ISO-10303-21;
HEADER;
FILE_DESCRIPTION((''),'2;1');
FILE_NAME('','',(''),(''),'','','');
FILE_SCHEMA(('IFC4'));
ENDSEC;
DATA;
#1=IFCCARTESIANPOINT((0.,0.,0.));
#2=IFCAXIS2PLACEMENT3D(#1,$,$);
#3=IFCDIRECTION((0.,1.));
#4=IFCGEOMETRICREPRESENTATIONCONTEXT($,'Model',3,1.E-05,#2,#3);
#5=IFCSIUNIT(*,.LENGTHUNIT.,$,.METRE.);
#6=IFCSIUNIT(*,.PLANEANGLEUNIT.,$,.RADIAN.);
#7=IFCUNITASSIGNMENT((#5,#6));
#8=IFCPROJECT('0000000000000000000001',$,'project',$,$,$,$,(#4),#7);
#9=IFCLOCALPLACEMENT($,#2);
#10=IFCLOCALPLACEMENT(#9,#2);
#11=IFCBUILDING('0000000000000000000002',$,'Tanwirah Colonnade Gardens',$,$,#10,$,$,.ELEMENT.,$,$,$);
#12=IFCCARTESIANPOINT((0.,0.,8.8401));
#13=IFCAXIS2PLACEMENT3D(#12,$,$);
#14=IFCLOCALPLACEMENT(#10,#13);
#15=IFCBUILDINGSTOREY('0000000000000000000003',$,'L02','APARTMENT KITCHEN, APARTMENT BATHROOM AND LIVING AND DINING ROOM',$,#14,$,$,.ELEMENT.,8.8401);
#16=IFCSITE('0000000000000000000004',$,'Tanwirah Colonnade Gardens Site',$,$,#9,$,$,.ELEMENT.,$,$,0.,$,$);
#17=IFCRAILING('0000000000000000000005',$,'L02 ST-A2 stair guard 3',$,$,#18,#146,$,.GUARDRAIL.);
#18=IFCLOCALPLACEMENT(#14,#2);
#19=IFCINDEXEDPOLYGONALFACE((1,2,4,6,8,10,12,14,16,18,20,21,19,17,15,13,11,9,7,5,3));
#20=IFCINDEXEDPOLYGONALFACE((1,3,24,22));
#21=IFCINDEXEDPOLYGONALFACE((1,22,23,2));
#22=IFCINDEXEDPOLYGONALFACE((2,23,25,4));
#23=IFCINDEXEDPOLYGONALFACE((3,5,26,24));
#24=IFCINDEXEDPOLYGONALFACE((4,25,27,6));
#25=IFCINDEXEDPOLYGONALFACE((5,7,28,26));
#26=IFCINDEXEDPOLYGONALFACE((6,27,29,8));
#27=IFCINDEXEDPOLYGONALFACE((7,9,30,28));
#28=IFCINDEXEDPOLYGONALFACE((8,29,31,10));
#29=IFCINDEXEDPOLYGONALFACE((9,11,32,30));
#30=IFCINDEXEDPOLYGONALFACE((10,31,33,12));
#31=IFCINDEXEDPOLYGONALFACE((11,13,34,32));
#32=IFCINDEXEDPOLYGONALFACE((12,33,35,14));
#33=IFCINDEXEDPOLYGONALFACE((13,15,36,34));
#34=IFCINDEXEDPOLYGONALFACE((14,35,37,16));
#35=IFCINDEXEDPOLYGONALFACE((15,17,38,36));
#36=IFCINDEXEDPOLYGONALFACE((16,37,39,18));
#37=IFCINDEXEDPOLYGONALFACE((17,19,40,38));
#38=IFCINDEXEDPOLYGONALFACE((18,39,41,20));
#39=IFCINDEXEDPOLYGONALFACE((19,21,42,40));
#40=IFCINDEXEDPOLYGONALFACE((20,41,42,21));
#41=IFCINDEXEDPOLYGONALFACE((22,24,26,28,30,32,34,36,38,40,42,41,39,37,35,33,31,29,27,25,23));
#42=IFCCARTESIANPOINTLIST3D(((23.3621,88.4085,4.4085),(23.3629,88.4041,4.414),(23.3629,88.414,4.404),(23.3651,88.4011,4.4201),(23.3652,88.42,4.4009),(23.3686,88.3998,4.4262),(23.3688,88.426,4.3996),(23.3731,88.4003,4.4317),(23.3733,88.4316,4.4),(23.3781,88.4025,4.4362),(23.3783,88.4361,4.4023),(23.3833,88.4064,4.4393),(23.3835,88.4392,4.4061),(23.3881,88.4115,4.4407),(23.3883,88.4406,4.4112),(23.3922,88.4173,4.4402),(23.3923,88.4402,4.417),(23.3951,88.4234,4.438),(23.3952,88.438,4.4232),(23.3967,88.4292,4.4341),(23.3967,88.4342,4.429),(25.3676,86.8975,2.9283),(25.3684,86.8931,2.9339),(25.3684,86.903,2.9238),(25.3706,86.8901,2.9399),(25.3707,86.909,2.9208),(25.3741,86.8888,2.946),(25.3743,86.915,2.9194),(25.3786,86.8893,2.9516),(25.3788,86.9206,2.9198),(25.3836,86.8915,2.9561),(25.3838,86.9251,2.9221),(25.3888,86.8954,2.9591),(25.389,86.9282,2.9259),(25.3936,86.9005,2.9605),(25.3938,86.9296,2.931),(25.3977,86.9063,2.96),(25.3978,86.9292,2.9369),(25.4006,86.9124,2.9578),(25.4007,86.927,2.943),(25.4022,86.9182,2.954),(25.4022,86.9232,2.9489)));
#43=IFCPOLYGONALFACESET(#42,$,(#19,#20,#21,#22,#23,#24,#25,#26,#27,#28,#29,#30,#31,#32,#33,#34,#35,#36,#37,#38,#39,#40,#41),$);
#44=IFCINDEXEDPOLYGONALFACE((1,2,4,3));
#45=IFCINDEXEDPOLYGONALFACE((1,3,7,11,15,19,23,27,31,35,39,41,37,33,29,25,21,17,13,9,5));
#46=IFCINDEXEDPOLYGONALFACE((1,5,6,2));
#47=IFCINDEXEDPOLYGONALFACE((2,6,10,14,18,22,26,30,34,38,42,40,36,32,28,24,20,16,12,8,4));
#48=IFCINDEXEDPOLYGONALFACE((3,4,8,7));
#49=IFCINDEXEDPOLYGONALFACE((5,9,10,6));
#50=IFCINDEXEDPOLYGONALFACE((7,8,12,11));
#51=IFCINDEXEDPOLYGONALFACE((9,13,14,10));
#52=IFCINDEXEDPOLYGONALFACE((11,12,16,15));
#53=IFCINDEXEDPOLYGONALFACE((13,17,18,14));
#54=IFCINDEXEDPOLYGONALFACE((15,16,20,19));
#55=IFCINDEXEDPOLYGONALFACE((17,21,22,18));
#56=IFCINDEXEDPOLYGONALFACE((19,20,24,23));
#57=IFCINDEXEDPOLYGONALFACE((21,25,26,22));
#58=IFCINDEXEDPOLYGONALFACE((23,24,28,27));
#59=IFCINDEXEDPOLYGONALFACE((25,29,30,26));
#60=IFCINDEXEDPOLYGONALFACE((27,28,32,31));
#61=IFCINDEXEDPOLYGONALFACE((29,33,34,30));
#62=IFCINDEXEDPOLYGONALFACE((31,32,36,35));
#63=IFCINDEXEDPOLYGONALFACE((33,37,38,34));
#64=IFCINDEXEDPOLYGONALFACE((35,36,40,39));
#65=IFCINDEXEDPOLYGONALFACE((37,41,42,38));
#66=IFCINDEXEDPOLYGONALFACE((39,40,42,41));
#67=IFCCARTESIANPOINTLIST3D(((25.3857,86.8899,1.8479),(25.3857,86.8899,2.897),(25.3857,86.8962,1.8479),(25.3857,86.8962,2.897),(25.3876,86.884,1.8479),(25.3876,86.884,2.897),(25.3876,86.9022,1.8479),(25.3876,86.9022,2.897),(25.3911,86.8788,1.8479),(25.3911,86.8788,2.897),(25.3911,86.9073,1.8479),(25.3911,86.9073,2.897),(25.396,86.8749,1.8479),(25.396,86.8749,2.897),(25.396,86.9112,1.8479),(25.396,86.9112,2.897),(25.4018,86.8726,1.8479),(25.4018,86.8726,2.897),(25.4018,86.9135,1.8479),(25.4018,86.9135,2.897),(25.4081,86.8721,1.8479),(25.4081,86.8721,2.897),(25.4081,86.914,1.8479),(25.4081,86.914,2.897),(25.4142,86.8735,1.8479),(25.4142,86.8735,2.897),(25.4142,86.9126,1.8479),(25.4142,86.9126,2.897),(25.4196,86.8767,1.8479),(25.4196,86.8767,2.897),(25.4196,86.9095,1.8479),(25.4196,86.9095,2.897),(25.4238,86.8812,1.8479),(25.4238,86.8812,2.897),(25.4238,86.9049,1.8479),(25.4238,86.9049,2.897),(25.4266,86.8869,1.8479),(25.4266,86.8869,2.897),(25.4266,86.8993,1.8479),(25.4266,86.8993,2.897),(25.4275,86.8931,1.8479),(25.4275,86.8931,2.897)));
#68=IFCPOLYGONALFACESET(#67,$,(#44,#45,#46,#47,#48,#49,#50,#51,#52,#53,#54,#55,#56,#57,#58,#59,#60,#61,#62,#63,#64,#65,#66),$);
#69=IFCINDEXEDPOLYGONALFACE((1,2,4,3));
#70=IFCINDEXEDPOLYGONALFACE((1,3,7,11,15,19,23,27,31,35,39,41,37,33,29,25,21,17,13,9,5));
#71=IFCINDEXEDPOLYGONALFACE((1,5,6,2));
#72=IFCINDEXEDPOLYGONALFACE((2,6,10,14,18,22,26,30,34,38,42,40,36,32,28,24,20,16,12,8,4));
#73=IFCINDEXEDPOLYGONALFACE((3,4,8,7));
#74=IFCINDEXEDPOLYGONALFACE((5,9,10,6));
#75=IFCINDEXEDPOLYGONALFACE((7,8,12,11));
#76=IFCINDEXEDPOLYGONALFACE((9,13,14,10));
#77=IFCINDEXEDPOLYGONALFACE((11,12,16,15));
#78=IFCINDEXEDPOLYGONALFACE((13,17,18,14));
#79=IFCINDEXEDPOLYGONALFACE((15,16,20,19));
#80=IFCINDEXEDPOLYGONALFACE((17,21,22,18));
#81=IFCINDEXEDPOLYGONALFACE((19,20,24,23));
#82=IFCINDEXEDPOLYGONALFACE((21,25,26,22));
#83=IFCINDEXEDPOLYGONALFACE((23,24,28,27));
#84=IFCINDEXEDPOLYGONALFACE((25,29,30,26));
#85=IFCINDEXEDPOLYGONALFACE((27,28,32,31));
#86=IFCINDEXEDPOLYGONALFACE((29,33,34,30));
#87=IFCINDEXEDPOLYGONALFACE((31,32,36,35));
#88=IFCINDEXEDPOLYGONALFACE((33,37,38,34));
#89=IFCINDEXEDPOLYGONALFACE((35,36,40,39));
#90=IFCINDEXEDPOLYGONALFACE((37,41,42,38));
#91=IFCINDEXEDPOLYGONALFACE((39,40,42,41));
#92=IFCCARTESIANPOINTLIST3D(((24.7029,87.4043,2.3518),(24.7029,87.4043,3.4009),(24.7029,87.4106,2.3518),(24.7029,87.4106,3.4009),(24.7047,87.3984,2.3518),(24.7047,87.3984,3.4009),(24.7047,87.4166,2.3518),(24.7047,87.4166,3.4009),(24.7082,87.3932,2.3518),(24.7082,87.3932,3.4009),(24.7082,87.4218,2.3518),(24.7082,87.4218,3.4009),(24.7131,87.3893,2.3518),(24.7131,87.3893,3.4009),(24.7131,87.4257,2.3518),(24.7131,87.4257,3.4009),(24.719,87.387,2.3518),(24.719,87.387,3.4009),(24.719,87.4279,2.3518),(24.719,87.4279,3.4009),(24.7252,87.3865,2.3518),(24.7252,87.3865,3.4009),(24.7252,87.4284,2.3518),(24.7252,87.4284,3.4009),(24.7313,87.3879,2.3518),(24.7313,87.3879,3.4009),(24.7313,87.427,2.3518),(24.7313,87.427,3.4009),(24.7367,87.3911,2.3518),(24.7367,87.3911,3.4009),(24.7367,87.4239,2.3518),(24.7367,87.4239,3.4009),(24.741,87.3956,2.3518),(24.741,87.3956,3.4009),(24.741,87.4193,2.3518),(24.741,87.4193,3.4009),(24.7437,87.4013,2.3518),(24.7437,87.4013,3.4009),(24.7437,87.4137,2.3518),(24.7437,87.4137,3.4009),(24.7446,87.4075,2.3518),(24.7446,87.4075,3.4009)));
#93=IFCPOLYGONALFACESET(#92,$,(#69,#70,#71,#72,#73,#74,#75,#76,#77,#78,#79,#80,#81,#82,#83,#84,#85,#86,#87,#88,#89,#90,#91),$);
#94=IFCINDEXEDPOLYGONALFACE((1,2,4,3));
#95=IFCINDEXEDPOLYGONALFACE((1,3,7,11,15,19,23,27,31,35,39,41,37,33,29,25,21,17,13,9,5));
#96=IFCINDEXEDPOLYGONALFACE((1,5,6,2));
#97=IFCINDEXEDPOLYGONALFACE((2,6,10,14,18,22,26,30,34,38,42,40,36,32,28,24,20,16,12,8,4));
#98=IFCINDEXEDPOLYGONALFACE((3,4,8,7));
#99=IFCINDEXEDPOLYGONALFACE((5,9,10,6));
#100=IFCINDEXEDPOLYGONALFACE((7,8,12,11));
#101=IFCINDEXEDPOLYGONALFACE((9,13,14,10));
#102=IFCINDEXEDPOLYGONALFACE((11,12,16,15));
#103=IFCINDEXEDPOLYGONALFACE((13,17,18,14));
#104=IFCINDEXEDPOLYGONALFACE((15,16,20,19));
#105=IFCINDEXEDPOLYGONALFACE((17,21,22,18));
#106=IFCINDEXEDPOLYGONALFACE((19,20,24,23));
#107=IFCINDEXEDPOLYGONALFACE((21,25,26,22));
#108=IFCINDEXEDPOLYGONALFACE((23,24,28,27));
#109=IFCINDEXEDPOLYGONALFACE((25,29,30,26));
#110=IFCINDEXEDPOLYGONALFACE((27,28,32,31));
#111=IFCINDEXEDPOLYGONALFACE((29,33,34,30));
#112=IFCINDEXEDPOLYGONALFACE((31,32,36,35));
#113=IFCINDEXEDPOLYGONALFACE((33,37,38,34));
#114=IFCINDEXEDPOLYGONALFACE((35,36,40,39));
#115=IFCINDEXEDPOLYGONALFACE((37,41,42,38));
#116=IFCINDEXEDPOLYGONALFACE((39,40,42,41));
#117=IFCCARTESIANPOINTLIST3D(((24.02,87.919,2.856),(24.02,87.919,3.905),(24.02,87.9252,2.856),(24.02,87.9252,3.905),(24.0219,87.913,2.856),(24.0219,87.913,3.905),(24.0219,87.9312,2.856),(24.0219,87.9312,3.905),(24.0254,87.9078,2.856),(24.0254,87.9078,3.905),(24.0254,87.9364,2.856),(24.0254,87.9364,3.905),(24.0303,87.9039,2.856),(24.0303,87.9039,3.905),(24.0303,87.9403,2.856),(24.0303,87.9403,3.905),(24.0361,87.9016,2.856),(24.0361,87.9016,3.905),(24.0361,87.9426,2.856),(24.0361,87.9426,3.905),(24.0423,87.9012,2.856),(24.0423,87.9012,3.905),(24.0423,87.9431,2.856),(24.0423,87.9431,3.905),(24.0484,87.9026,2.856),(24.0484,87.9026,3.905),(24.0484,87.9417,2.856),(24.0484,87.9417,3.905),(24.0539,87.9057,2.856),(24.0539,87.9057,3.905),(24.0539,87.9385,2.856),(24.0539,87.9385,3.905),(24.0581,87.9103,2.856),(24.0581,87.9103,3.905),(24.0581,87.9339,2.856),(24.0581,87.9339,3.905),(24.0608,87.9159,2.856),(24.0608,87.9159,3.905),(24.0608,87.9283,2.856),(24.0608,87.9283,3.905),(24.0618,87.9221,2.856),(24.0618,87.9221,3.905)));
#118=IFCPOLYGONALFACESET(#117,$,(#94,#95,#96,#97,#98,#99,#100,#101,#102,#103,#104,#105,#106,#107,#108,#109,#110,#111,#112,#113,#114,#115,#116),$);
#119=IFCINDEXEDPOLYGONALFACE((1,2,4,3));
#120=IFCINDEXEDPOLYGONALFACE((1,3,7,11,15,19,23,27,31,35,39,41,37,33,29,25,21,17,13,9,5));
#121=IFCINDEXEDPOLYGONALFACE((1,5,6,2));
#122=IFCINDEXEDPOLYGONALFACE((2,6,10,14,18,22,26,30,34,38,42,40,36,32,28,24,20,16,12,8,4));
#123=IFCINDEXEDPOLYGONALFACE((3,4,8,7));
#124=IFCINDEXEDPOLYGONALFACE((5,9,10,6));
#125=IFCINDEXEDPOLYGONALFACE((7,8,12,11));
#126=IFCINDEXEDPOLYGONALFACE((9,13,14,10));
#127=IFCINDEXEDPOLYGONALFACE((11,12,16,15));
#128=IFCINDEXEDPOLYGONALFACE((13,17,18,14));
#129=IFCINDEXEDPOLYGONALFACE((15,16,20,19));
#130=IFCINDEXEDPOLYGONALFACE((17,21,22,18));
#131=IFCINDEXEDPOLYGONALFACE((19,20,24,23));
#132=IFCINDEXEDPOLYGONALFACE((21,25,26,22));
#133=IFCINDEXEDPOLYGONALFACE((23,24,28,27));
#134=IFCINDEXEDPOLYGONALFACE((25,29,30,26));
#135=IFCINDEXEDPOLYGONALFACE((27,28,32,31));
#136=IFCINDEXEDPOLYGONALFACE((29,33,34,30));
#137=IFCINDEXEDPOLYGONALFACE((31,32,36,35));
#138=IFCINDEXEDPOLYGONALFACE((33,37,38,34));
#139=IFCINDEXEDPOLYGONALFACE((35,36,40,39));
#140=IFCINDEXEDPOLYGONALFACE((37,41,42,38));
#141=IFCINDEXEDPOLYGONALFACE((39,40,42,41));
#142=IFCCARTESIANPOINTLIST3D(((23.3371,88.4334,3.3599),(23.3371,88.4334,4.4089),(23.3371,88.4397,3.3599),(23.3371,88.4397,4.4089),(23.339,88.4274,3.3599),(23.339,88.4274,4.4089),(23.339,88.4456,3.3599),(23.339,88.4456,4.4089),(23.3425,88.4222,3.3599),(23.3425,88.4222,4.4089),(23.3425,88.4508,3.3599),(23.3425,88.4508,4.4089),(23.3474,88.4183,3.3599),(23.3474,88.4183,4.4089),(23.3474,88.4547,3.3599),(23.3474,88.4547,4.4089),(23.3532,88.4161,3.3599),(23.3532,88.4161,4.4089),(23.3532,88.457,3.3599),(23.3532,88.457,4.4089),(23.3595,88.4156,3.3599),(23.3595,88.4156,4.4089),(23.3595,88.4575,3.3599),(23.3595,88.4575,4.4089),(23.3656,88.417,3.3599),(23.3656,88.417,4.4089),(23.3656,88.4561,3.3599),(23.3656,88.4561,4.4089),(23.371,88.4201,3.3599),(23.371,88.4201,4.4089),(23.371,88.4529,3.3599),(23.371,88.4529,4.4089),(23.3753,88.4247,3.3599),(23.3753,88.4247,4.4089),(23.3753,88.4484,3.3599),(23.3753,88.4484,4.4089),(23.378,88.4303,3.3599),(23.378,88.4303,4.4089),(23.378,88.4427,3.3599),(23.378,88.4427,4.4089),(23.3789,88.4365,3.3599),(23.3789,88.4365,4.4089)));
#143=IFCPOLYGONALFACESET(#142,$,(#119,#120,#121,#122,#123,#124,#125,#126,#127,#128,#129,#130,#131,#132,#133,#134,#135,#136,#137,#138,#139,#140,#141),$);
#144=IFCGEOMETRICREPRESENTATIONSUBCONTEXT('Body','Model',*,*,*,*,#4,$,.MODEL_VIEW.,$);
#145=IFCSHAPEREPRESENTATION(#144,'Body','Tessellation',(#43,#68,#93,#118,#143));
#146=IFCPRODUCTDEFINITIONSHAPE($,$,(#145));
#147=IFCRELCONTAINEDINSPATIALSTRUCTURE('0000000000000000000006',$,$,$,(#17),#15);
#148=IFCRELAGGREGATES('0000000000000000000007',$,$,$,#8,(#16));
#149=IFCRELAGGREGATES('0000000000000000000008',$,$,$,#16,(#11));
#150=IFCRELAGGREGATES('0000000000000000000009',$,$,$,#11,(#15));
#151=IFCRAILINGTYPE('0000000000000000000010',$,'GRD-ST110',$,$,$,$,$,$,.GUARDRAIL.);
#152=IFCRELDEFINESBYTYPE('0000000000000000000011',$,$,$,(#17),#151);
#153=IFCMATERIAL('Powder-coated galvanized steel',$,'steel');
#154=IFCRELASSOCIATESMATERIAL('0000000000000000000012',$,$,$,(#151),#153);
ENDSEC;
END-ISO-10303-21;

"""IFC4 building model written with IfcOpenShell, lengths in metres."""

from ifc_helpers import new_model, si_unit, direction, frame, origin, origin_2d, place, context, subcontext, project, spatial, circle, extrude, material, type_object, element, save


model = new_model("IFC4")

# Units and contexts
model_context = context("Model", 3, precision=1e-05, world=origin(), true_north=direction((0.0, 1.0)))
body_context = subcontext(model_context, "Body", "Model", "MODEL_VIEW")
ifc_project = project(units=[si_unit("LENGTHUNIT", "METRE"), si_unit("PLANEANGLEUNIT", "RADIAN")], contexts=[model_context])

# Site, building, storey
site_placement = place(None, origin())
site = spatial("IfcSite", under=ifc_project, at=site_placement, Name="Tanwirah Colonnade Gardens Site", CompositionType="ELEMENT", RefElevation=0.0)
building_placement = place(site_placement, origin())
building = spatial("IfcBuilding", under=site, at=building_placement, Name="Tanwirah Colonnade Gardens", CompositionType="ELEMENT")
storey_placement = place(building_placement, frame((0.0, 0.0, 8.8401)))
storey = spatial("IfcBuildingStorey", under=building, at=storey_placement, Name="L02", Description="APARTMENT KITCHEN, APARTMENT BATHROOM AND LIVING AND DINING ROOM", CompositionType="ELEMENT", Elevation=8.8401)

# Railing
ifc_material_1 = material(Name="Powder-coated galvanized steel", Category="steel")
railing_type_1 = type_object("IfcRailingType", Name="GRD-ST110", PredefinedType="GUARDRAIL", material=ifc_material_1)
railing_1_placement = place(storey_placement, frame((25.4065, 86.8931, 1.8479)))
element("IfcRailing", 1, at=railing_1_placement, inside=storey, type_object=railing_type_1, Name="L02 ST-A2 stair guard 3", PredefinedType="GUARDRAIL", context=body_context, shape_type="SweptSolid", body=[
    extrude(circle(Radius=0.0239, at=origin_2d()), frame((-0.0215, 0.0161, 1.092), z_axis=(-0.688042, 0.518389, 0.507811), x_axis=(-0.60175, -0.798685, 0.0)), (0.0, 0.0, 1.0), 2.9148),
    extrude(circle(Radius=0.021, at=origin_2d()), origin(), (0.0, 0.0, 1.0), 1.0491),
    extrude(circle(Radius=0.021, at=origin_2d()), frame((-0.6829, 0.5144, 0.5039)), (0.0, 0.0, 1.0), 1.0491),
    extrude(circle(Radius=0.021, at=origin_2d()), frame((-1.3657, 1.0291, 1.0081)), (0.0, 0.0, 1.0), 1.0491),
    extrude(circle(Radius=0.021, at=origin_2d()), frame((-2.0486, 1.5435, 1.512)), (0.0, 0.0, 1.0), 1.0491),
])

save(model, "model.ifc")
